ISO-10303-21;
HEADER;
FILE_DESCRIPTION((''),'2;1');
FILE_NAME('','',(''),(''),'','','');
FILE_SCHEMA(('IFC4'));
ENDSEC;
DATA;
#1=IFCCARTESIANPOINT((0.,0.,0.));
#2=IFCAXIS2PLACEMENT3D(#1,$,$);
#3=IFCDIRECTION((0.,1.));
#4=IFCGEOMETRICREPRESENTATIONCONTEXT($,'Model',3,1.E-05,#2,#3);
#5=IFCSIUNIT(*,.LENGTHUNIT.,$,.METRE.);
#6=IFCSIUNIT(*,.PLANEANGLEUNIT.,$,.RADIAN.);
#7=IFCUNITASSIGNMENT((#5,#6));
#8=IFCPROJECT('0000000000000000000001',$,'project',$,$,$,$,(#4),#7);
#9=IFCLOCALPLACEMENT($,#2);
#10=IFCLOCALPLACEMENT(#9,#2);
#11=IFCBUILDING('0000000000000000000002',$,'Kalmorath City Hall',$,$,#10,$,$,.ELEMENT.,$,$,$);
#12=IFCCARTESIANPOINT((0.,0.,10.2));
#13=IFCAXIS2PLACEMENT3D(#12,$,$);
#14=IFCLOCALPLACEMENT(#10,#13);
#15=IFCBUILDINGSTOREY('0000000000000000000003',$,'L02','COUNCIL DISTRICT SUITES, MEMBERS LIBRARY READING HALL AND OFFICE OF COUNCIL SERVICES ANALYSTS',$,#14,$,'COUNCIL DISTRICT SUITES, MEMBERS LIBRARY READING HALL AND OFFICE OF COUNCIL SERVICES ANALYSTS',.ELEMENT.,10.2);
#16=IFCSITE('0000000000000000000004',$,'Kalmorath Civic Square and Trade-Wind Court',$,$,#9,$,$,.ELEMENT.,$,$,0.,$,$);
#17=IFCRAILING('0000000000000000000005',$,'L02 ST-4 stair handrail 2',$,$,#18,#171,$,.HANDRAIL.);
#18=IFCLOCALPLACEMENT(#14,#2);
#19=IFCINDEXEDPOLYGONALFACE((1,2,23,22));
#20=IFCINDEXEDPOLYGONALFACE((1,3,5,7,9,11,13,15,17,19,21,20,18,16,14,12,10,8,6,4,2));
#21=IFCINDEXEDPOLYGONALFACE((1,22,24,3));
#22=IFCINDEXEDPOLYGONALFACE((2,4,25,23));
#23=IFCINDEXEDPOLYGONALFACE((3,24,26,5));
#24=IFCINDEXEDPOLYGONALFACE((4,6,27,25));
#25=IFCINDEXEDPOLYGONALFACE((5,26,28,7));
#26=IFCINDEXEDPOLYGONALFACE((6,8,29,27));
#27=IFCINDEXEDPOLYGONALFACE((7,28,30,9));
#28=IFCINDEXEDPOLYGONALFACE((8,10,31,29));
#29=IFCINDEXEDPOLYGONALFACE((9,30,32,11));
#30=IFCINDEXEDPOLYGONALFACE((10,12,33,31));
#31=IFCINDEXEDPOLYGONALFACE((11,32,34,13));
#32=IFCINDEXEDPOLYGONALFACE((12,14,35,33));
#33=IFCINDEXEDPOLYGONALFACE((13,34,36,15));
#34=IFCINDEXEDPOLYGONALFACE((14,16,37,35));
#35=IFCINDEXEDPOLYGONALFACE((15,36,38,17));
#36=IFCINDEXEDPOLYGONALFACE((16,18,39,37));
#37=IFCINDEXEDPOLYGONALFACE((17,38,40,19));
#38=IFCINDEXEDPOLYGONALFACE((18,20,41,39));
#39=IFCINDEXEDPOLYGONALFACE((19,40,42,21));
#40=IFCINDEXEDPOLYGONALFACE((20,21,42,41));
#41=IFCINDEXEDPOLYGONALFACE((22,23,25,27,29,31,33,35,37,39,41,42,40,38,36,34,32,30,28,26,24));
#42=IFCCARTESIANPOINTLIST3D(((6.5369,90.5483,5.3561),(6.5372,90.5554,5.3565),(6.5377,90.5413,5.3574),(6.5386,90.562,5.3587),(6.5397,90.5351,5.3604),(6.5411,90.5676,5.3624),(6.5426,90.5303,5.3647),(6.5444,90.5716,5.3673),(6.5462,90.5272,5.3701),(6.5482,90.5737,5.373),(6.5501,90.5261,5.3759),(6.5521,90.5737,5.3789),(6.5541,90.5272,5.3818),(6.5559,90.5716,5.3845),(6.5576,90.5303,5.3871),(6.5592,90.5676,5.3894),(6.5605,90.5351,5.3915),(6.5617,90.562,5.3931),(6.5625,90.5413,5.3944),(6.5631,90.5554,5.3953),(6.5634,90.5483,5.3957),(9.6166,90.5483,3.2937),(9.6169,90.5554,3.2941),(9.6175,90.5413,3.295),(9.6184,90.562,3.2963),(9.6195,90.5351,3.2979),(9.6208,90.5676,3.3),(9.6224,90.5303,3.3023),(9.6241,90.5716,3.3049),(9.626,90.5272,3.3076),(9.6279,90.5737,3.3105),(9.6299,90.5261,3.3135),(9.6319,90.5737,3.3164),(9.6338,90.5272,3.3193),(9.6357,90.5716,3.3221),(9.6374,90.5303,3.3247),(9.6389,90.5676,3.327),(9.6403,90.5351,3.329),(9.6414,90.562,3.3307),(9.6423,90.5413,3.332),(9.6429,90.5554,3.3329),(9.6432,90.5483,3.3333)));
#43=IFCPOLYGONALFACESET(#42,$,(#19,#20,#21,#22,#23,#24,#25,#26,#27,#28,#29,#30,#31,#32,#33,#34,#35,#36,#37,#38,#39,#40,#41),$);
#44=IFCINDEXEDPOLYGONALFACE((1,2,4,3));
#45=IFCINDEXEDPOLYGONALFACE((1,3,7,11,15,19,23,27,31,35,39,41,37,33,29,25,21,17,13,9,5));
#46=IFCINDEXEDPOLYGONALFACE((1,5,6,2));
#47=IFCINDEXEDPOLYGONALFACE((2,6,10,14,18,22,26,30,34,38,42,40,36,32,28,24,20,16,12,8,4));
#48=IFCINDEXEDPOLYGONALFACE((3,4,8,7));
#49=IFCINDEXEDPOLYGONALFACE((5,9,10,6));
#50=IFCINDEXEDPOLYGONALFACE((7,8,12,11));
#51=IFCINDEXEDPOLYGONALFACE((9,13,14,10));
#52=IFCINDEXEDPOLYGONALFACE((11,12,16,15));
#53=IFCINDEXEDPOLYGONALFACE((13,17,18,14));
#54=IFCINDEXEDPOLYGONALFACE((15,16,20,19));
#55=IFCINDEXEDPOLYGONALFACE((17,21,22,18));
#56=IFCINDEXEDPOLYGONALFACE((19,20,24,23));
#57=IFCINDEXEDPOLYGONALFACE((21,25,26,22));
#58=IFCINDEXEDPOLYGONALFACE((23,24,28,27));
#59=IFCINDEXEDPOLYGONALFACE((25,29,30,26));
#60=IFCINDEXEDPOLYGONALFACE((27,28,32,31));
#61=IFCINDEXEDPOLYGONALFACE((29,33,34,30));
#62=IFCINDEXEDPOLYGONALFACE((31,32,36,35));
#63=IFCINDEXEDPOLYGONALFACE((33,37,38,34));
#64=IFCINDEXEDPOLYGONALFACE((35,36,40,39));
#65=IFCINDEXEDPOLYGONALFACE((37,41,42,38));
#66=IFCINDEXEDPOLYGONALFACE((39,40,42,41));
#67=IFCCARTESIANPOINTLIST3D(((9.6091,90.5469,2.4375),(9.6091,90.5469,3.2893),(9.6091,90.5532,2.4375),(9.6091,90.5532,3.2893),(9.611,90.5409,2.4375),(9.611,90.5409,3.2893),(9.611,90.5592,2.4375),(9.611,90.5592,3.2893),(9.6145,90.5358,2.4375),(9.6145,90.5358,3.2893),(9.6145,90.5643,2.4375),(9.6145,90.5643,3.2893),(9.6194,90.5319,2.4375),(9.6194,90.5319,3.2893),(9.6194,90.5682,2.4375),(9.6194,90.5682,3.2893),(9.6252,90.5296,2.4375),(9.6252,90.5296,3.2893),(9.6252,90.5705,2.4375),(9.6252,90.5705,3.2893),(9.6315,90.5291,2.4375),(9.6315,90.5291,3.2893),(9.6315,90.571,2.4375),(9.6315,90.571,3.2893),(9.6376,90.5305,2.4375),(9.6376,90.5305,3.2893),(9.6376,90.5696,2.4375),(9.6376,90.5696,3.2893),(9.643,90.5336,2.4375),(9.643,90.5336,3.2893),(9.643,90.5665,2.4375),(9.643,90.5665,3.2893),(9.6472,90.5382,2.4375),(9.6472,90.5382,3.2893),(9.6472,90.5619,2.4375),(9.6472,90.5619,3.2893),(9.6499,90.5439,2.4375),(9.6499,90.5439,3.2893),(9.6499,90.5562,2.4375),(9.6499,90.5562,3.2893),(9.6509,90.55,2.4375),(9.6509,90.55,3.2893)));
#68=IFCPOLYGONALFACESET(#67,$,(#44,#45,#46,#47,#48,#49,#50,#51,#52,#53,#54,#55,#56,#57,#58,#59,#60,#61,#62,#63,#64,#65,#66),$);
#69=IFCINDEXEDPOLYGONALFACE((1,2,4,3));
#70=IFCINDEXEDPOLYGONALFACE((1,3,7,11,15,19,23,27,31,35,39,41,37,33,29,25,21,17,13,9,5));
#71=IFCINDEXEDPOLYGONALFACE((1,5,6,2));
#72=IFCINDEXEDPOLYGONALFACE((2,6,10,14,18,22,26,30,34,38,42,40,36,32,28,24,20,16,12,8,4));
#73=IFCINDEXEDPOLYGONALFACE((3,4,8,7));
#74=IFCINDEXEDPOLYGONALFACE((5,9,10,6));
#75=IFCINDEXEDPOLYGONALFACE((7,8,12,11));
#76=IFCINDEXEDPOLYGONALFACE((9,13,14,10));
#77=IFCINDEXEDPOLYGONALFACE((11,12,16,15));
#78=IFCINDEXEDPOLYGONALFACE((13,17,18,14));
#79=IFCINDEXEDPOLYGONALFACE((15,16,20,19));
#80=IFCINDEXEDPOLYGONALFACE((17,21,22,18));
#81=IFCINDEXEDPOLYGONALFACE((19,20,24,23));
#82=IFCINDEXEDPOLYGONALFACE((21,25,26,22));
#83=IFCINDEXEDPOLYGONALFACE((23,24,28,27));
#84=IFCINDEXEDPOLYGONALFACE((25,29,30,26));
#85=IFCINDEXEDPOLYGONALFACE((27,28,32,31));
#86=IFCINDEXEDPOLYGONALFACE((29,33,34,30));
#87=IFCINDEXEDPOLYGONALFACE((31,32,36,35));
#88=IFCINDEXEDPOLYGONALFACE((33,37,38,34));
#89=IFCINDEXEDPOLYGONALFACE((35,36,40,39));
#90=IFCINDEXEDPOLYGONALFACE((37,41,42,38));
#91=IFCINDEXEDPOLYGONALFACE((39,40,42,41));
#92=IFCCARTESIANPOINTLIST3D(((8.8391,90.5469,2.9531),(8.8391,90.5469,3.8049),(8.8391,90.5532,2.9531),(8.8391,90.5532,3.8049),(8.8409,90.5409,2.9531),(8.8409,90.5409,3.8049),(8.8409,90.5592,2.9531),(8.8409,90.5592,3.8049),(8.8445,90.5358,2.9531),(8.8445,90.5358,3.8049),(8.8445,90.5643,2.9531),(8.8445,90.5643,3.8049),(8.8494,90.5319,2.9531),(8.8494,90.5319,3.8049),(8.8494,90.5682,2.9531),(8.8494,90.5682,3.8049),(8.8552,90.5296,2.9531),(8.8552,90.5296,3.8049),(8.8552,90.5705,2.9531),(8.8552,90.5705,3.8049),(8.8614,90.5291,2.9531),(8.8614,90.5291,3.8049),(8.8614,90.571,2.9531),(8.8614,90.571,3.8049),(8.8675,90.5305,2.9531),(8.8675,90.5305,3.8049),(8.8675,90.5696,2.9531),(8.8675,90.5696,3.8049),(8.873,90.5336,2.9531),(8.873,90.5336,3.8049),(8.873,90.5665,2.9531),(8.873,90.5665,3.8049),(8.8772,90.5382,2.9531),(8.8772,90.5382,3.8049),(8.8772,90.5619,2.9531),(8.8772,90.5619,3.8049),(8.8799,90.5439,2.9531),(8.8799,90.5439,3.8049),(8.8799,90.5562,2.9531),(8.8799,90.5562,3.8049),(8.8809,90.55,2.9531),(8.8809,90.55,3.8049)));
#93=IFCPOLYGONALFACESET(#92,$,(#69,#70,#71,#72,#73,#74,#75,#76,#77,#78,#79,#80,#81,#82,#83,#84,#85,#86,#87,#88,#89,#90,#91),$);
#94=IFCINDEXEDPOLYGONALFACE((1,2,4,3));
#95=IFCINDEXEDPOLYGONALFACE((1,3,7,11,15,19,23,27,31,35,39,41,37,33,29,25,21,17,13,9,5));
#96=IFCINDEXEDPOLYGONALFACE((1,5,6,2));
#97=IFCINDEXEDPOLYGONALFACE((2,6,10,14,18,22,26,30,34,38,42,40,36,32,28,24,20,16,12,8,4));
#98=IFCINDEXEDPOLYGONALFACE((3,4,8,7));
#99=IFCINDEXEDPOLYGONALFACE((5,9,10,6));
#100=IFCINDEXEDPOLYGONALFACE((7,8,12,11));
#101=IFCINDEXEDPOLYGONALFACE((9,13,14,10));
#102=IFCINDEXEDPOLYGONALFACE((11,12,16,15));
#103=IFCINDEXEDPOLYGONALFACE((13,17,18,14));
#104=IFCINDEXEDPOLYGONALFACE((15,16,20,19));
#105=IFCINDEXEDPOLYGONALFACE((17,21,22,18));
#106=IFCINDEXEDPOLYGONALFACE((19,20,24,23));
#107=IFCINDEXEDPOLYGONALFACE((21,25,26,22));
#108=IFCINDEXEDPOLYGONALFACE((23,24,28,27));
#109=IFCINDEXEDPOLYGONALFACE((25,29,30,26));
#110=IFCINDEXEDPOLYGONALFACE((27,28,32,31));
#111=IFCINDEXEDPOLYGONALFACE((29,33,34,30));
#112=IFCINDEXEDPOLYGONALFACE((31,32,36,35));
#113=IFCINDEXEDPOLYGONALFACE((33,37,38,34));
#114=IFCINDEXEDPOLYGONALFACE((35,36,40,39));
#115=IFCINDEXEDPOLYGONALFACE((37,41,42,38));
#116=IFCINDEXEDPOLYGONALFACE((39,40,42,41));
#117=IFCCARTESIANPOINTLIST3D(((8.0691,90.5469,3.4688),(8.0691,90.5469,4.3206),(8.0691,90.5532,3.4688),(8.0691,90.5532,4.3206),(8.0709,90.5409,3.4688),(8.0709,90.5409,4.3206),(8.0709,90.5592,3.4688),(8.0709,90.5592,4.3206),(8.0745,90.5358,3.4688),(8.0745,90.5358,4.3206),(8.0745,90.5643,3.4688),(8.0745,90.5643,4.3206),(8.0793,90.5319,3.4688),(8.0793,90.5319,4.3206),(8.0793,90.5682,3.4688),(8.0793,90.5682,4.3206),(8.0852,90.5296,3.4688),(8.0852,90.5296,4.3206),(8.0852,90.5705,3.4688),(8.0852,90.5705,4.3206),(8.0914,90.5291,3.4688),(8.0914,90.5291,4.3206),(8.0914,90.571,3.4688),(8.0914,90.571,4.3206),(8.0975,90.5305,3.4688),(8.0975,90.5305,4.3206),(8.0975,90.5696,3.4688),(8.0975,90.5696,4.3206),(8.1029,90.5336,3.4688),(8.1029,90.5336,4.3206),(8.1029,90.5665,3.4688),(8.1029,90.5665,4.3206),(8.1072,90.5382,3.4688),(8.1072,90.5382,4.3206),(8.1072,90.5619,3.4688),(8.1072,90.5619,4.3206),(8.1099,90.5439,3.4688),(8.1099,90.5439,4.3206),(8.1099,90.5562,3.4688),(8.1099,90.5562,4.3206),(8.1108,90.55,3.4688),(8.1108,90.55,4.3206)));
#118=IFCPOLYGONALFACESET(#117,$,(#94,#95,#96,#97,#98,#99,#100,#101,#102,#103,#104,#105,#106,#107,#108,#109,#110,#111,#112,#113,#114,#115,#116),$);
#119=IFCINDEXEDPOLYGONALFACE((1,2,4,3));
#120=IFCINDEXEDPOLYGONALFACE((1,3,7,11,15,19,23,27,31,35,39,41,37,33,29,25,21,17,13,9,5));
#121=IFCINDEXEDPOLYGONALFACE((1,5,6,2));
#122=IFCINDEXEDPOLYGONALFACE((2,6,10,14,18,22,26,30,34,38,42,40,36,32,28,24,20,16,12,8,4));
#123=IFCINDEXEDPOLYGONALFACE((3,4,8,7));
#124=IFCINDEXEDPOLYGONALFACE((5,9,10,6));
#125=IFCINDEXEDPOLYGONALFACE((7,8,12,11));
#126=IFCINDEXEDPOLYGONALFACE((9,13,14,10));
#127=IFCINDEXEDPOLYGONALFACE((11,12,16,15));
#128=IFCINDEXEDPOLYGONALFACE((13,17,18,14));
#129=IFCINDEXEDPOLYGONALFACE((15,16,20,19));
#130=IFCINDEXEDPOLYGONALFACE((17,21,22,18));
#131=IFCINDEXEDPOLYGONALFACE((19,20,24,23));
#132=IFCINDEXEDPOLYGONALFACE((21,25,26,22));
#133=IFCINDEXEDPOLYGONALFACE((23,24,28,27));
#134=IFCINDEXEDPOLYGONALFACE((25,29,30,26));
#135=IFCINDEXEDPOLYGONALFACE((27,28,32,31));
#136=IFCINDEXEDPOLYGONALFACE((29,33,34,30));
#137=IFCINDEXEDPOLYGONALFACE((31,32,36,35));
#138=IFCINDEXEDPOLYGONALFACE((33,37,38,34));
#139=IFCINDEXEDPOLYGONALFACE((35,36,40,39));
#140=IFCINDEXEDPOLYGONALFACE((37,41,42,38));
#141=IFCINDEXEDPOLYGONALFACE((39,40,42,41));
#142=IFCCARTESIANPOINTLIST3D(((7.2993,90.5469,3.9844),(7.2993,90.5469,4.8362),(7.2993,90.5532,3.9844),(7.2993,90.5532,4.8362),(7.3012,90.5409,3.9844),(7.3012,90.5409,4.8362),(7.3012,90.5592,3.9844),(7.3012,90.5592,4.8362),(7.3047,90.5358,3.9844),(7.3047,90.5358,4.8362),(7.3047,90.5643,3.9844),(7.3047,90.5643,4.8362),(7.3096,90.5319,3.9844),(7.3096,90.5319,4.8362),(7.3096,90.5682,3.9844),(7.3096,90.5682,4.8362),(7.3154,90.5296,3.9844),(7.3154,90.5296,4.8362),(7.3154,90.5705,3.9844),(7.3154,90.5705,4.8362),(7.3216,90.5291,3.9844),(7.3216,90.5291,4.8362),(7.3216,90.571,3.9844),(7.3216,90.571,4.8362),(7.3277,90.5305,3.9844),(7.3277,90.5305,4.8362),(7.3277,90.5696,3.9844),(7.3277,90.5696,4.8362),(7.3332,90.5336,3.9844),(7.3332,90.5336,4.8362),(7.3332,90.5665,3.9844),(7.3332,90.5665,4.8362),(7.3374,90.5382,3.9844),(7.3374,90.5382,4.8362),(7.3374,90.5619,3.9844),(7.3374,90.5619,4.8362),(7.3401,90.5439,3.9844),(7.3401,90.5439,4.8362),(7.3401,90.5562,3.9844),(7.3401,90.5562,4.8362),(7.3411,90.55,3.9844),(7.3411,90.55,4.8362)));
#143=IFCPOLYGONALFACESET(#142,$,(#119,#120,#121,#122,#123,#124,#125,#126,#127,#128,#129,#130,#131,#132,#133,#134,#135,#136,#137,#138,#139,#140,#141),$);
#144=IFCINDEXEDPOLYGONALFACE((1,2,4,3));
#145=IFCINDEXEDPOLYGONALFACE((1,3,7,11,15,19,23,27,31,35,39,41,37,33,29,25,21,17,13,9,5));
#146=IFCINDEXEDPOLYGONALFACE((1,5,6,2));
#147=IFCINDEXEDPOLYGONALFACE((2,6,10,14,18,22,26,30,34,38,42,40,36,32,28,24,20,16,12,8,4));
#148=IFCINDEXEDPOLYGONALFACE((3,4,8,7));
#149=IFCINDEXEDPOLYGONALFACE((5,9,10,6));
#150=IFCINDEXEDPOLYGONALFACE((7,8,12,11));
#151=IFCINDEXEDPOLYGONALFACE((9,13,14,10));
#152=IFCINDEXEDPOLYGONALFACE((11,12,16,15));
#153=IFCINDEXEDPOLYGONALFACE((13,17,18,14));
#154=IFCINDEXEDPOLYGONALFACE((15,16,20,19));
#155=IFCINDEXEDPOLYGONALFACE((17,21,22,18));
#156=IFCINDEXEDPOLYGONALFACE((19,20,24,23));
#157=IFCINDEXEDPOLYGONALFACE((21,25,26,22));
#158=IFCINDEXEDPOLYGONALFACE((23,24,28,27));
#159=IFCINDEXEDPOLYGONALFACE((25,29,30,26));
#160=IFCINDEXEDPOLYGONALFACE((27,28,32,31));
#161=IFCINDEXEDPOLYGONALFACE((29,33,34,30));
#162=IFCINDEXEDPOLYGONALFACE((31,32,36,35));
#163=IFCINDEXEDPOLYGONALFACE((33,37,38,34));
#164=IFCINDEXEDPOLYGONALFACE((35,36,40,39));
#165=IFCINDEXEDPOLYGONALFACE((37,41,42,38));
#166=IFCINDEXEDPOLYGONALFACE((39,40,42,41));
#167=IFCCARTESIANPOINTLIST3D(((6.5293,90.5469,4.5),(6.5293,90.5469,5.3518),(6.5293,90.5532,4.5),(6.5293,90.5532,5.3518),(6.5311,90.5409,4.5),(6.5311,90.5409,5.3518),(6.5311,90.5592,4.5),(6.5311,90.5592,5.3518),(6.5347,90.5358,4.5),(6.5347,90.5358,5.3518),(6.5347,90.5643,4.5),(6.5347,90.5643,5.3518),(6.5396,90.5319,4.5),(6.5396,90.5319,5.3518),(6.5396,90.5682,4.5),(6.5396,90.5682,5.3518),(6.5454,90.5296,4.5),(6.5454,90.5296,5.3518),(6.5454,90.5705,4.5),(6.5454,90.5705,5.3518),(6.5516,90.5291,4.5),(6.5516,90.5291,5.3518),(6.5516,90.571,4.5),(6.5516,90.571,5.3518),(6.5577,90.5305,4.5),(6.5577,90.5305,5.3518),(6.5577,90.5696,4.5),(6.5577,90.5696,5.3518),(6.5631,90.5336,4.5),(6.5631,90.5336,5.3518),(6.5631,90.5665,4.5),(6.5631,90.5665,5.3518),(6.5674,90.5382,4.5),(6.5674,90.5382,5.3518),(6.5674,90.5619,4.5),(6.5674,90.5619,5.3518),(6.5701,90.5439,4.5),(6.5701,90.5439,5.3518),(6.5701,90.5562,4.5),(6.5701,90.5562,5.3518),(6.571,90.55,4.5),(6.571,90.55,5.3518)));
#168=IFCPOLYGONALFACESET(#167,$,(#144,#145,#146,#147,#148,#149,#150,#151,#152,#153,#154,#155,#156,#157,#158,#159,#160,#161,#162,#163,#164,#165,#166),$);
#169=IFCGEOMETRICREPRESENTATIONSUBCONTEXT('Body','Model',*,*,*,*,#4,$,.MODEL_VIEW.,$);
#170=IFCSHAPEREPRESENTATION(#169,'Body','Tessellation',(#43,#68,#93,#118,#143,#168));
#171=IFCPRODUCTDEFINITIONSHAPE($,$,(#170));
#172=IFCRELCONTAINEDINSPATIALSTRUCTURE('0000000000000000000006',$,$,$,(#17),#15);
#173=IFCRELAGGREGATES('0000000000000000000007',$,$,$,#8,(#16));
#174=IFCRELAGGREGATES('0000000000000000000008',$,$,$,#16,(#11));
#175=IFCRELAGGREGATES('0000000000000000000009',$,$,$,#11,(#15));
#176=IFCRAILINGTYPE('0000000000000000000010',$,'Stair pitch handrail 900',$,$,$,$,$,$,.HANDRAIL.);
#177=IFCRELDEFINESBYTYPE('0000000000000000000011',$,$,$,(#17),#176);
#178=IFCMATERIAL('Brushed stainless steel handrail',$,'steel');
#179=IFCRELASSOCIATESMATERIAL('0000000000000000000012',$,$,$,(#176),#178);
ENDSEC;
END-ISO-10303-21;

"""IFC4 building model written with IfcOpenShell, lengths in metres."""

from ifc_helpers import new_model, si_unit, direction, frame, origin, origin_2d, place, context, subcontext, project, spatial, circle, extrude, material, type_object, element, save


model = new_model("IFC4")

# Units and contexts
model_context = context("Model", 3, precision=1e-05, world=origin(), true_north=direction((0.0, 1.0)))
body_context = subcontext(model_context, "Body", "Model", "MODEL_VIEW")
ifc_project = project(units=[si_unit("LENGTHUNIT", "METRE"), si_unit("PLANEANGLEUNIT", "RADIAN")], contexts=[model_context])

# Site, building, storey
site_placement = place(None, origin())
site = spatial("IfcSite", under=ifc_project, at=site_placement, Name="Kalmorath Civic Square and Trade-Wind Court", CompositionType="ELEMENT", RefElevation=0.0)
building_placement = place(site_placement, origin())
building = spatial("IfcBuilding", under=site, at=building_placement, Name="Kalmorath City Hall", CompositionType="ELEMENT")
storey_placement = place(building_placement, frame((0.0, 0.0, 10.2)))
storey = spatial("IfcBuildingStorey", under=building, at=storey_placement, Name="L02", Description="COUNCIL DISTRICT SUITES, MEMBERS LIBRARY READING HALL AND OFFICE OF COUNCIL SERVICES ANALYSTS", LongName="COUNCIL DISTRICT SUITES, MEMBERS LIBRARY READING HALL AND OFFICE OF COUNCIL SERVICES ANALYSTS", CompositionType="ELEMENT", Elevation=10.2)

# Railing
ifc_material_1 = material(Name="Brushed stainless steel handrail", Category="steel")
railing_type_1 = type_object("IfcRailingType", Name="Stair pitch handrail 900", PredefinedType="HANDRAIL", material=ifc_material_1)
railing_1_placement = place(storey_placement, frame((9.6299, 90.55, 2.4375)))
element("IfcRailing", 1, at=railing_1_placement, inside=storey, type_object=railing_type_1, Name="L02 ST-4 stair handrail 2", PredefinedType="HANDRAIL", context=body_context, shape_type="SweptSolid", body=[
    extrude(circle(Radius=0.0239, at=origin_2d()), frame((0.0, 0.0, 0.876), z_axis=(-0.830893, 0.0, 0.556432), x_axis=(0.0, -1.0, 0.0)), (0.0, 0.0, 1.0), 3.7065),
    extrude(circle(Radius=0.021, at=origin_2d()), origin(), (0.0, 0.0, 1.0), 0.8518),
    extrude(circle(Radius=0.021, at=origin_2d()), frame((-0.77, 0.0, 0.5156)), (0.0, 0.0, 1.0), 0.8518),
    extrude(circle(Radius=0.021, at=origin_2d()), frame((-1.54, 0.0, 1.0312)), (0.0, 0.0, 1.0), 0.8518),
    extrude(circle(Radius=0.021, at=origin_2d()), frame((-2.3098, 0.0, 1.5469)), (0.0, 0.0, 1.0), 0.8518),
    extrude(circle(Radius=0.021, at=origin_2d()), frame((-3.0798, 0.0, 2.0625)), (0.0, 0.0, 1.0), 0.8518),
])

save(model, "model.ifc")
